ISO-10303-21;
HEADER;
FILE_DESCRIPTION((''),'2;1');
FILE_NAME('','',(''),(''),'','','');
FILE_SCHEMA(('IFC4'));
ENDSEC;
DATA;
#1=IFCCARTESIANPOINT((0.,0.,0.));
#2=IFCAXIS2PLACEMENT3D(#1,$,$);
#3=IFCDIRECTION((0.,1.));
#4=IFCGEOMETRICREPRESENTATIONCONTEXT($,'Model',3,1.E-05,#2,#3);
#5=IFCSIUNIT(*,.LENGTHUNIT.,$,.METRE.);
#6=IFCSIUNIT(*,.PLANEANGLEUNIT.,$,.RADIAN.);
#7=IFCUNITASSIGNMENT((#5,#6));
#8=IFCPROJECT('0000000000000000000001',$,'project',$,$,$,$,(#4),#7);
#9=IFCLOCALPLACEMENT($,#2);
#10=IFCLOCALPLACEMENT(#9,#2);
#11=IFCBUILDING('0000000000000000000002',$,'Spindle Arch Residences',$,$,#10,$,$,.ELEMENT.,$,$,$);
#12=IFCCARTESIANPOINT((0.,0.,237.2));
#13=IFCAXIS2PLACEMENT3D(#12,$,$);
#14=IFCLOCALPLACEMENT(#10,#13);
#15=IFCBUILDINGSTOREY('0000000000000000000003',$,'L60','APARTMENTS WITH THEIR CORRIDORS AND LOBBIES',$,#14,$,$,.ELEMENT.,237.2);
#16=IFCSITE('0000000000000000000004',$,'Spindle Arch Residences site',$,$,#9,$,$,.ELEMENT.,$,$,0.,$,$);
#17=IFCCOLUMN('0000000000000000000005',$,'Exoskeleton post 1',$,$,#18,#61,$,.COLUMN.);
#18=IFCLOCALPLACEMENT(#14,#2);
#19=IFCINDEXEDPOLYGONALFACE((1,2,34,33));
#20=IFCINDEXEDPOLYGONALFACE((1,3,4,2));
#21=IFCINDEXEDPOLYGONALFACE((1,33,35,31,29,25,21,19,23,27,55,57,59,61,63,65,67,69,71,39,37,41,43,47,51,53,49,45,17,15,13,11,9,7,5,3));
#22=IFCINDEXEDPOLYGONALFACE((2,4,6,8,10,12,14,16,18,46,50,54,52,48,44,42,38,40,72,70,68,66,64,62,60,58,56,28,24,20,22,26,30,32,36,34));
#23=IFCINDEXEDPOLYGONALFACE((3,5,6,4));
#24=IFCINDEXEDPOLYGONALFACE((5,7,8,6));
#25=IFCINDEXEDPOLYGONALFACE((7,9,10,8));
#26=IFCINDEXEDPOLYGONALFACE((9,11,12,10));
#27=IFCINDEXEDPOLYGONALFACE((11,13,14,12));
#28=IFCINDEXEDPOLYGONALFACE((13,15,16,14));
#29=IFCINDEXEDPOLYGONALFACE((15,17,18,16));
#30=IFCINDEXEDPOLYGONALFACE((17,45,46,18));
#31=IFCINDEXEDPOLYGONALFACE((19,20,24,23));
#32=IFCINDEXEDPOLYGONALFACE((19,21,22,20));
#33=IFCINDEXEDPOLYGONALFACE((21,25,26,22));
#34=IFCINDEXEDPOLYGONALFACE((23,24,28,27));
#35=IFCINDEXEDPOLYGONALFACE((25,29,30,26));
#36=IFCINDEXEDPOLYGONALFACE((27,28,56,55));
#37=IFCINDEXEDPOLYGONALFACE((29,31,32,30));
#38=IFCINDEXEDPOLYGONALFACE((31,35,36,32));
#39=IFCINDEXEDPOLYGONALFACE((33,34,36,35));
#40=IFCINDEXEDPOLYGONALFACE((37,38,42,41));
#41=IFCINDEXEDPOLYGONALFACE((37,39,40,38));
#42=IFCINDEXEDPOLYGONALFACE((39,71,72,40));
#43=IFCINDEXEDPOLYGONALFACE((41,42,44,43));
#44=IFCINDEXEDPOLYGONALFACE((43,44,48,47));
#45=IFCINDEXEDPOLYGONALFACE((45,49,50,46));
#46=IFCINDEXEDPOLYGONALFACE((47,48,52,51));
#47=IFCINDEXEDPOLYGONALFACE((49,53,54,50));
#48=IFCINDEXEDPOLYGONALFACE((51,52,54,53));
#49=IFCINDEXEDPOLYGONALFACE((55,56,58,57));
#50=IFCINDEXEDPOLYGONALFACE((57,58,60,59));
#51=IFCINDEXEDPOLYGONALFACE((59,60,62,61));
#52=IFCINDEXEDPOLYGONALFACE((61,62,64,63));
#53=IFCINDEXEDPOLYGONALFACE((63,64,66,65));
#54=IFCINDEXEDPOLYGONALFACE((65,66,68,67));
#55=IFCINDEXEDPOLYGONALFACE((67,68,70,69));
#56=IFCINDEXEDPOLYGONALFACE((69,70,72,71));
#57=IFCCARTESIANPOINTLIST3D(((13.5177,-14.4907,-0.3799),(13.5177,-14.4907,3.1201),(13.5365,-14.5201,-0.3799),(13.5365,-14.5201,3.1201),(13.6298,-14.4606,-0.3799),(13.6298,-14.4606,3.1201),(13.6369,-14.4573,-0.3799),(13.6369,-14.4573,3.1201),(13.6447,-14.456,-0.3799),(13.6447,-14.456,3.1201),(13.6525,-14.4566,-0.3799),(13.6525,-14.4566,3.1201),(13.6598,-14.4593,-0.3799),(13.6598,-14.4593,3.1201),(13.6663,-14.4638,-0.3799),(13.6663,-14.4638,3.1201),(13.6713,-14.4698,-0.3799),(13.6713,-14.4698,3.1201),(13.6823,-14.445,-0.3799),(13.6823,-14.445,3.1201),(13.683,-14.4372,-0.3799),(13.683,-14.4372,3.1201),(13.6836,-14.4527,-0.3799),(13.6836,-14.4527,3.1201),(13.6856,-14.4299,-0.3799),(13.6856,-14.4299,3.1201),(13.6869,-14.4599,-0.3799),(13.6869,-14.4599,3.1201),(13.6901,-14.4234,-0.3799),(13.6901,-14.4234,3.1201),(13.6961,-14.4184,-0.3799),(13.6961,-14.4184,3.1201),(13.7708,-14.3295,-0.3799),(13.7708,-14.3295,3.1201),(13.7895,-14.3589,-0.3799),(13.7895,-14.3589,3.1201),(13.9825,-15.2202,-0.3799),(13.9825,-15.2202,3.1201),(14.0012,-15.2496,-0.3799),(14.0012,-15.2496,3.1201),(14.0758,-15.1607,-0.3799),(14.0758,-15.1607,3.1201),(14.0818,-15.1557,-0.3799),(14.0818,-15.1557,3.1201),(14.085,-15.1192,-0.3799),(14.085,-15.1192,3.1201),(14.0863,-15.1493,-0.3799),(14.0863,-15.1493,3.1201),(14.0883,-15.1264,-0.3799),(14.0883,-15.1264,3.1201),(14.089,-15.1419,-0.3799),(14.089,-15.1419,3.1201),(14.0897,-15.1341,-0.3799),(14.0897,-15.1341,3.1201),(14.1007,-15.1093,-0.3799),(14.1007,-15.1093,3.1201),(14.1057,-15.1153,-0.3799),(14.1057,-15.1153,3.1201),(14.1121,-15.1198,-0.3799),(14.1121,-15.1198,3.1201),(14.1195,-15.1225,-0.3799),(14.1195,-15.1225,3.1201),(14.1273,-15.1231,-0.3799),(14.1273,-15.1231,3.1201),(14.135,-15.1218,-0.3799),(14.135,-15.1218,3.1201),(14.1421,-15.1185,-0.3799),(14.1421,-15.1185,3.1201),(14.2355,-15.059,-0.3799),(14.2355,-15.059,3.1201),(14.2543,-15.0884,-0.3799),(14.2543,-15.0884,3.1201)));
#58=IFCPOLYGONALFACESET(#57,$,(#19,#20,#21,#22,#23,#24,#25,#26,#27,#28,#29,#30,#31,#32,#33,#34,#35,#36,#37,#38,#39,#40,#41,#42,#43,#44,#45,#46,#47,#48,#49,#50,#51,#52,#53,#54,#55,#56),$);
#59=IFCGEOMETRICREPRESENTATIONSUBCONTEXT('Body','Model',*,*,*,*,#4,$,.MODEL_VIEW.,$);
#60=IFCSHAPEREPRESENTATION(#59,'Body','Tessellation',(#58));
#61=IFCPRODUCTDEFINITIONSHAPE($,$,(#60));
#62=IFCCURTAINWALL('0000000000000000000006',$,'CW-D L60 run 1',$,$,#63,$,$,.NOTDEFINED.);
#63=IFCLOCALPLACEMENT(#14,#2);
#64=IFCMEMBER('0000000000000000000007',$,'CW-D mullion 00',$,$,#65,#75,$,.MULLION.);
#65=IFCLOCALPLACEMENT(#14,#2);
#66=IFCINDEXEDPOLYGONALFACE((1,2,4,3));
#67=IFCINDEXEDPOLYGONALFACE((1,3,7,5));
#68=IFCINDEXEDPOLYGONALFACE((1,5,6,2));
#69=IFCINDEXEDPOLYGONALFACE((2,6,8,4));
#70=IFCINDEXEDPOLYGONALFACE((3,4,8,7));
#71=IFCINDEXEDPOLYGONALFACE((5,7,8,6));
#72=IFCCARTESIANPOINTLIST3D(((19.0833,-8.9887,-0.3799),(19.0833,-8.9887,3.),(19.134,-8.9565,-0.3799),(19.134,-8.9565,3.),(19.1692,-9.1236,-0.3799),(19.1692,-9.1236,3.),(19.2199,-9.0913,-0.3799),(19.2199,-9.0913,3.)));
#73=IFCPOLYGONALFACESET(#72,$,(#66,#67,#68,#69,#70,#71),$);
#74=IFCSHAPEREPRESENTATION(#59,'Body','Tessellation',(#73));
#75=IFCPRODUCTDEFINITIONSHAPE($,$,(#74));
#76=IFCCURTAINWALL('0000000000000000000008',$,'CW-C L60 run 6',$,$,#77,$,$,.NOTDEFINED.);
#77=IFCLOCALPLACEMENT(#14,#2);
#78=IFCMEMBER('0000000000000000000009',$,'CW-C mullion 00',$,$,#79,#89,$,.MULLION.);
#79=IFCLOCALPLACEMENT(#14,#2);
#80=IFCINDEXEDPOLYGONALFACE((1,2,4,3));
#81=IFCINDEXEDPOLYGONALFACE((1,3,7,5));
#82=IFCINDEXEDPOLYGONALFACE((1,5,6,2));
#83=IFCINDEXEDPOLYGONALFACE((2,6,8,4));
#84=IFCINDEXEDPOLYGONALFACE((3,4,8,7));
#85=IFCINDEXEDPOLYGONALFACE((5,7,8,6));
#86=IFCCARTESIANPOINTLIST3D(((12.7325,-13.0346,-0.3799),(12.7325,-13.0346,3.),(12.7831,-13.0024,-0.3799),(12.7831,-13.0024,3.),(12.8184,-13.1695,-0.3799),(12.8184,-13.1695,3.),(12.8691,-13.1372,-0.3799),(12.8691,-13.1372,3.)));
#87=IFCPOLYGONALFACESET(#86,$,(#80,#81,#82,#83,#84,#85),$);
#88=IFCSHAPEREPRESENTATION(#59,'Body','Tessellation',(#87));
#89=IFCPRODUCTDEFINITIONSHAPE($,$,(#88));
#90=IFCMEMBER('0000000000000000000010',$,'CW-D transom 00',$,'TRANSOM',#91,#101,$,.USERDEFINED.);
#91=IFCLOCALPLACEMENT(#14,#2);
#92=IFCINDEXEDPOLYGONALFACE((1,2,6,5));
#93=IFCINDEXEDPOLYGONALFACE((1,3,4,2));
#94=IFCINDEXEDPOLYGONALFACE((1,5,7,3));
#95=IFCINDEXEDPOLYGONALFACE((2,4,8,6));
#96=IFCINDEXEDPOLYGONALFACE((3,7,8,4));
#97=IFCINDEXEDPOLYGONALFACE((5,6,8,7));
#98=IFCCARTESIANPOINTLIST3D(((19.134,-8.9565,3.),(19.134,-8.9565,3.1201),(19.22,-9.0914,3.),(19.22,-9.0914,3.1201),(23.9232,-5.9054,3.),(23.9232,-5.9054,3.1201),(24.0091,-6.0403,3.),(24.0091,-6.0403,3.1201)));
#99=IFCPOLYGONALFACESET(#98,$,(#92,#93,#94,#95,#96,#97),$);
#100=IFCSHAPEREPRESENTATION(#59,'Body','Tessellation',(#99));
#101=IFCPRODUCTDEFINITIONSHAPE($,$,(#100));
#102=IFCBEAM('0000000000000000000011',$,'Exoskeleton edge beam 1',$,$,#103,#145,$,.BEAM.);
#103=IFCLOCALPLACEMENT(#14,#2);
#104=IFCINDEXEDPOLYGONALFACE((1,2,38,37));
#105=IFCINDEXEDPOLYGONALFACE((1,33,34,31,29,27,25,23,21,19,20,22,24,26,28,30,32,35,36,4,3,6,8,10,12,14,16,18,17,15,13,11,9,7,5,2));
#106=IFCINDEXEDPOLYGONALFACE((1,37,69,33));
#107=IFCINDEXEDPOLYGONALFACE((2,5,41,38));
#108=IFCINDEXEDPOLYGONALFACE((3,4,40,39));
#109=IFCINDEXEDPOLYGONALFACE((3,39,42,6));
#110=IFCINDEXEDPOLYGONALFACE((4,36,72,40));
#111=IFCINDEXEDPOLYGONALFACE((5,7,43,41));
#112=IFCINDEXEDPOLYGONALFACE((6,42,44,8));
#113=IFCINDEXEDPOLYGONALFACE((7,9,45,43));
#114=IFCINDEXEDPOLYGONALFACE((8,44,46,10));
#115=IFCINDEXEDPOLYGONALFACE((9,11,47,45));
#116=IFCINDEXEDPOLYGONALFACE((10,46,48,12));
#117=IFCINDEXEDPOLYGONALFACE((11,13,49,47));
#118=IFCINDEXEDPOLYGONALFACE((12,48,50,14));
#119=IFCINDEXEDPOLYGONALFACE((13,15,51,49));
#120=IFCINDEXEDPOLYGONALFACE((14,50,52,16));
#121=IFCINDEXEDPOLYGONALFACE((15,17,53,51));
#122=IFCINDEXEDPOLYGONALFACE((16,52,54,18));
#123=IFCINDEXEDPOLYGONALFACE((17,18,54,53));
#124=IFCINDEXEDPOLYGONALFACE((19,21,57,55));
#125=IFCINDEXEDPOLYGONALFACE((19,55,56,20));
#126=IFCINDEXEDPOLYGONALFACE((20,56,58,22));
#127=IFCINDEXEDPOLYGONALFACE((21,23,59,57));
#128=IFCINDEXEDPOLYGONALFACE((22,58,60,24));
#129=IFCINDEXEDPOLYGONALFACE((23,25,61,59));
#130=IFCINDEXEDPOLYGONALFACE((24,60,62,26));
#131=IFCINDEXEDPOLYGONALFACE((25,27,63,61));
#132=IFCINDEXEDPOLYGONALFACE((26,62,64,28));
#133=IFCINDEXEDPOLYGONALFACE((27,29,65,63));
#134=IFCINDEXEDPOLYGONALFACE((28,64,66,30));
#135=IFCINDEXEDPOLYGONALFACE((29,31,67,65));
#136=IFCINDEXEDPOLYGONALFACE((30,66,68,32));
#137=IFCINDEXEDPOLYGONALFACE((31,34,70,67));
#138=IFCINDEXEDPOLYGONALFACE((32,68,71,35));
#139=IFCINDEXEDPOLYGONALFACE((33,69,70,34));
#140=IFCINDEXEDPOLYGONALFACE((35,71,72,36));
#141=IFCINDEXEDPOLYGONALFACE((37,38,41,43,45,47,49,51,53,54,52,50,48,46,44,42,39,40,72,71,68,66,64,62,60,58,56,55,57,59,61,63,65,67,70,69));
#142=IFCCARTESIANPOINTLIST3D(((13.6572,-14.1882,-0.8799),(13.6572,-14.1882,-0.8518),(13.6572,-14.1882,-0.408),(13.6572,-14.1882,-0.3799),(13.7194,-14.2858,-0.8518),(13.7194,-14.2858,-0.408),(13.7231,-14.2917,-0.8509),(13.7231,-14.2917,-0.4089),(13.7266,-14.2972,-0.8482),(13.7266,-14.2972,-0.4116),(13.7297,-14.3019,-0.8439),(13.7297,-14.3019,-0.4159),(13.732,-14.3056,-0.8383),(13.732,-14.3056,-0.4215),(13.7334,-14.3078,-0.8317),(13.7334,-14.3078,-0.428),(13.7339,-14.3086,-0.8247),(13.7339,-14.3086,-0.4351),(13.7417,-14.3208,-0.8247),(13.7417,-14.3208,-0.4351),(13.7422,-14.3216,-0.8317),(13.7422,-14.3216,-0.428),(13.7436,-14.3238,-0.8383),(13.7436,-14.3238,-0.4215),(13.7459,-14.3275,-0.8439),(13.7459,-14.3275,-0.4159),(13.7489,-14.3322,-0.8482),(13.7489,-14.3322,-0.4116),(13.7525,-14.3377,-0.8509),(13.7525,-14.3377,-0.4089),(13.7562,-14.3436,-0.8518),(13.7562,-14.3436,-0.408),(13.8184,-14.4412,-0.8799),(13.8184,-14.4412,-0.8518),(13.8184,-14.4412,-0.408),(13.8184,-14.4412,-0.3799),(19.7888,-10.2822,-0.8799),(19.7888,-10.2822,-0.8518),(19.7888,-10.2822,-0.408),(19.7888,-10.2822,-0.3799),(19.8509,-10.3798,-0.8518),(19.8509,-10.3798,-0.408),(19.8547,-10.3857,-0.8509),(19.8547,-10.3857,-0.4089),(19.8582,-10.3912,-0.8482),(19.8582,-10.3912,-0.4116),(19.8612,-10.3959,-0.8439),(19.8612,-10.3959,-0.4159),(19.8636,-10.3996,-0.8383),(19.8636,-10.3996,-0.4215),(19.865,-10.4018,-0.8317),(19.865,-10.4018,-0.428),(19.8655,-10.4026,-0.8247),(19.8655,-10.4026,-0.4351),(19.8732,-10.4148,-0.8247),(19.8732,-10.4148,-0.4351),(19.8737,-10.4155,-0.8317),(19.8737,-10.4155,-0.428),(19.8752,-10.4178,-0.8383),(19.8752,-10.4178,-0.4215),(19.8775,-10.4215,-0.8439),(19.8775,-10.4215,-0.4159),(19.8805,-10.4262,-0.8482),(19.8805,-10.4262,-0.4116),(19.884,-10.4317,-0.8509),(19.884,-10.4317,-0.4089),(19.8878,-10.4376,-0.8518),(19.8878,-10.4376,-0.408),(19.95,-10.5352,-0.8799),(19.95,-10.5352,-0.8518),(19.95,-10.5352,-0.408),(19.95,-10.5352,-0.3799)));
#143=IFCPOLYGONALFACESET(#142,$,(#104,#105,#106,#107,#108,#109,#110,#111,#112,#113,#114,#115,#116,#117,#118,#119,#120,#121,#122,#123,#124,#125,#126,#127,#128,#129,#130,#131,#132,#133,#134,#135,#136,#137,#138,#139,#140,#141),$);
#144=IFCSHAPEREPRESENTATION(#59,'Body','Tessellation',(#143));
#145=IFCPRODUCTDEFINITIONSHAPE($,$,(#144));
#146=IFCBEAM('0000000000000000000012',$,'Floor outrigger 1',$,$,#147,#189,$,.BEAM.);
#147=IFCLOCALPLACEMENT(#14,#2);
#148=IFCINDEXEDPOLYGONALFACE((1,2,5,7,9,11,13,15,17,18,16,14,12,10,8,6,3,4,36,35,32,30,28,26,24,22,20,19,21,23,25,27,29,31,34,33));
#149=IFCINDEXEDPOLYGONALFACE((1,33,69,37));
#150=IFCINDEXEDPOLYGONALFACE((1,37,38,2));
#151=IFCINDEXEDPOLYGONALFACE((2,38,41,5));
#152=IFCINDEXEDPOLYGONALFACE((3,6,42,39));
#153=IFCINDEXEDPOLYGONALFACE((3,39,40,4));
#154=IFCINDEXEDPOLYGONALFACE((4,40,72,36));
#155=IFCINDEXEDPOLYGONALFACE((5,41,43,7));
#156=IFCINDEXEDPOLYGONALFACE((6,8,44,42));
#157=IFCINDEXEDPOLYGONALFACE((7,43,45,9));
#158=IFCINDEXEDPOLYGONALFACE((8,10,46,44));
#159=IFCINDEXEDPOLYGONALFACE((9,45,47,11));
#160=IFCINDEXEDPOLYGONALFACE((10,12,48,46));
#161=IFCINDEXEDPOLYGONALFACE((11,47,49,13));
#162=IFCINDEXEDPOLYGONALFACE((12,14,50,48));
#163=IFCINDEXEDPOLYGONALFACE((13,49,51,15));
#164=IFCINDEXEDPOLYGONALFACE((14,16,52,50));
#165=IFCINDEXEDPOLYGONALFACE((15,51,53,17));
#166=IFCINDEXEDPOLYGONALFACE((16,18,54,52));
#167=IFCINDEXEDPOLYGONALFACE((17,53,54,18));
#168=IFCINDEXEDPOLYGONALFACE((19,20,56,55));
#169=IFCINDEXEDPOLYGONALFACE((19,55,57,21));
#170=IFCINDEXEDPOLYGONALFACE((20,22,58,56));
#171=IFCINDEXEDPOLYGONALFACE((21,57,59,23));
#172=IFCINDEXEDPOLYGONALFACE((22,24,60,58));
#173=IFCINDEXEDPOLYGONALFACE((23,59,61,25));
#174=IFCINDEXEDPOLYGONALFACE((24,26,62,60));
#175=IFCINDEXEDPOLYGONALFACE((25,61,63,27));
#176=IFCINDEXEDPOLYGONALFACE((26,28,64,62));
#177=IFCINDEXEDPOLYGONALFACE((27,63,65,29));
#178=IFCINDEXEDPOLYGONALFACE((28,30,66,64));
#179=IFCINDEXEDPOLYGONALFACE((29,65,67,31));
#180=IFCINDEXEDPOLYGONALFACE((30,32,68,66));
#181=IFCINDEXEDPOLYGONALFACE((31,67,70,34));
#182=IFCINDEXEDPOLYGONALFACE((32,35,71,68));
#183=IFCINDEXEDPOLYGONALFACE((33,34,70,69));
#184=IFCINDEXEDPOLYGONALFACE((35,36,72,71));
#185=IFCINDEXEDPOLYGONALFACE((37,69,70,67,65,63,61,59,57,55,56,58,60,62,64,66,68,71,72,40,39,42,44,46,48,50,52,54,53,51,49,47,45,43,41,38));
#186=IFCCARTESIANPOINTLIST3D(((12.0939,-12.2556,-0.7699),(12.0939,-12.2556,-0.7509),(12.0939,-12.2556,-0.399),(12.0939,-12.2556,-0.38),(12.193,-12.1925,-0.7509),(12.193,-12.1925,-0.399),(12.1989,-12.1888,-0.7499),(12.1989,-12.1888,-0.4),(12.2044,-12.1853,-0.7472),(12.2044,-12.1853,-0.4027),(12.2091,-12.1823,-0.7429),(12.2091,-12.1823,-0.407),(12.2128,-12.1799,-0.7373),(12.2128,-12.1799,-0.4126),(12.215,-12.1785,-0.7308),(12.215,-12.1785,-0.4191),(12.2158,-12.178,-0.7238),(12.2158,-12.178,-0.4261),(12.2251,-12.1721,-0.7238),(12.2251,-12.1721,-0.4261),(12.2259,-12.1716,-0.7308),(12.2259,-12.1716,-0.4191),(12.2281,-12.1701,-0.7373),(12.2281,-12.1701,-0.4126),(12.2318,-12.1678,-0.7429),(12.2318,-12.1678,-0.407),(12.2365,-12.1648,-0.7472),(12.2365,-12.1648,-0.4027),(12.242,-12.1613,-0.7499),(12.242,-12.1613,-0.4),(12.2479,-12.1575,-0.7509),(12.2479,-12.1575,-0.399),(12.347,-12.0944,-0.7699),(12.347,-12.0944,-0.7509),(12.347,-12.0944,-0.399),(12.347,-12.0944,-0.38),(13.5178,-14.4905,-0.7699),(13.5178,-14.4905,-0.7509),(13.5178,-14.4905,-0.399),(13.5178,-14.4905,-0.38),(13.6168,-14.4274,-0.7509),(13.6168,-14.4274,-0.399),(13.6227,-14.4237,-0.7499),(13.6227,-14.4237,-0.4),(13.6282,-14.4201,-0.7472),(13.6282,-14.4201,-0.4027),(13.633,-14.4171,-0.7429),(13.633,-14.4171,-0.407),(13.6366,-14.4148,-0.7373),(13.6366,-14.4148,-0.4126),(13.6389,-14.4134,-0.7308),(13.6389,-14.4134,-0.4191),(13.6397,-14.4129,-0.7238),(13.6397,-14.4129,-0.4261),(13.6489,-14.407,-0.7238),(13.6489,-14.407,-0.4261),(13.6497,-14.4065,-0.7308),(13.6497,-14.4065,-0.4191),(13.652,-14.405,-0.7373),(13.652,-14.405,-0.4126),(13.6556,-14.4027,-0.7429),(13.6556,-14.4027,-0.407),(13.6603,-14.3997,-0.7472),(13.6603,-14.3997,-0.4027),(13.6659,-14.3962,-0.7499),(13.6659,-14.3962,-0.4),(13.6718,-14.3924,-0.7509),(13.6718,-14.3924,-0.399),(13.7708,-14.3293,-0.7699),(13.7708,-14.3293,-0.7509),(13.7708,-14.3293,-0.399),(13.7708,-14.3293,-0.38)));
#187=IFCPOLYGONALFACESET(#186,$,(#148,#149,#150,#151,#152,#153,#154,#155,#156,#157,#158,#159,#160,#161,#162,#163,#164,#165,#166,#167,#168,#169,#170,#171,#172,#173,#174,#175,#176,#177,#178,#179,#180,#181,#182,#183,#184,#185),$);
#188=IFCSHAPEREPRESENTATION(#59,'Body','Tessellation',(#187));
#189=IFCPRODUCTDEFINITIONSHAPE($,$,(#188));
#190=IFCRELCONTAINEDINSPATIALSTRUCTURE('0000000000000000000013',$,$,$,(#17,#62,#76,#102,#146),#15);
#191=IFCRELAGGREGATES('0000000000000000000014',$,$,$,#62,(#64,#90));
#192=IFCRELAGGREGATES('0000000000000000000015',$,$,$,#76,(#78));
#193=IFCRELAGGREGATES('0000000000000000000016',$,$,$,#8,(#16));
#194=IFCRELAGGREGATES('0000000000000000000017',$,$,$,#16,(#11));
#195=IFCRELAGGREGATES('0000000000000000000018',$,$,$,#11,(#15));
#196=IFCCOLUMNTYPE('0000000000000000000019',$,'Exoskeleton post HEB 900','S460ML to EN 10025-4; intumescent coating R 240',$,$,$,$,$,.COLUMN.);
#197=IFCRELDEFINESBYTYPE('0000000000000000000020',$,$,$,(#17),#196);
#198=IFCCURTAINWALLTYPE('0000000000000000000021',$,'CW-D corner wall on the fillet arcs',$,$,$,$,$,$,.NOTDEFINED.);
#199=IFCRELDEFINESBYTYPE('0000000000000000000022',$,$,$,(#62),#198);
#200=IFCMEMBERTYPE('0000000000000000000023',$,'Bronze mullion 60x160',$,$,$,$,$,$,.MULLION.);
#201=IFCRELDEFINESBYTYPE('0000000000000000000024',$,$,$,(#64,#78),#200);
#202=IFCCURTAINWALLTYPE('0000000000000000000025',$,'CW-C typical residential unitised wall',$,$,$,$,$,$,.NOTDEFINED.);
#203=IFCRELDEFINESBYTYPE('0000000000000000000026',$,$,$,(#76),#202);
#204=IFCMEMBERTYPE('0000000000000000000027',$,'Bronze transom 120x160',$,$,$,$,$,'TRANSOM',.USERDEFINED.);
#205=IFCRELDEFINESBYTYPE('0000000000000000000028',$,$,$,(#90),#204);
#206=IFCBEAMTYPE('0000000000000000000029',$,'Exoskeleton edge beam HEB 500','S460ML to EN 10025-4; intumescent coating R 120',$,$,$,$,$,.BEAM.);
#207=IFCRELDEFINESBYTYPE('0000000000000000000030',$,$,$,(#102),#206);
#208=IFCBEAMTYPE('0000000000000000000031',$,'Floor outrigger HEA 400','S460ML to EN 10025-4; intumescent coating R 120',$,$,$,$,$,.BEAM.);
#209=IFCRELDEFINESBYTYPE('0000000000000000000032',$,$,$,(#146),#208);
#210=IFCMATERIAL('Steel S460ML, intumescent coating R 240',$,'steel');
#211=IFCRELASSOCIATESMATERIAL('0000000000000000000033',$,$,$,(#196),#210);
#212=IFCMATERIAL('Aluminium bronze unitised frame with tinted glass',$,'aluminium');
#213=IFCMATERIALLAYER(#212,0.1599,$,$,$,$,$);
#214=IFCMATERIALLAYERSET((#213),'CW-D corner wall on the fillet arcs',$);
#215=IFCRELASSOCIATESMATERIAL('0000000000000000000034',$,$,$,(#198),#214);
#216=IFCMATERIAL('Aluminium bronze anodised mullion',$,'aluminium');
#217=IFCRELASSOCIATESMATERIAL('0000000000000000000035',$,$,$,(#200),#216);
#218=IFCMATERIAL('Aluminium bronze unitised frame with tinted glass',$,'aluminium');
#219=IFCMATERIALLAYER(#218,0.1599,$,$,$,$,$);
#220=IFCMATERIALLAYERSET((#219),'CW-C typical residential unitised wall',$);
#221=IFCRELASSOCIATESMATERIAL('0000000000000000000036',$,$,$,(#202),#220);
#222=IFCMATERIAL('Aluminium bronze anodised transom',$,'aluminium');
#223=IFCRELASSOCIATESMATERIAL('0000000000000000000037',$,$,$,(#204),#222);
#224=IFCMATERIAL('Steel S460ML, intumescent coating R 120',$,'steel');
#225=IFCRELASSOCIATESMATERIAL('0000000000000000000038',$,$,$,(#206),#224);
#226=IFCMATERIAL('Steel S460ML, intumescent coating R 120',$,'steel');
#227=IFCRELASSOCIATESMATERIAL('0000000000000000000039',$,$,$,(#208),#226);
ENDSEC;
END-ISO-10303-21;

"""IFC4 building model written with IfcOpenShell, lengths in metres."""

from ifc_helpers import new_model, si_unit, direction, frame, origin, origin_2d, place, context, subcontext, project, spatial, rectangle, i_section, extrude, material, layer, layer_set, material_profile, profile_set, type_object, element, aggregate, save


model = new_model("IFC4")

# Units and contexts
model_context = context("Model", 3, precision=1e-05, world=origin(), true_north=direction((0.0, 1.0)))
body_context = subcontext(model_context, "Body", "Model", "MODEL_VIEW")
ifc_project = project(units=[si_unit("LENGTHUNIT", "METRE"), si_unit("PLANEANGLEUNIT", "RADIAN")], contexts=[model_context])

# Site, building, storey
site_placement = place(None, origin())
site = spatial("IfcSite", under=ifc_project, at=site_placement, Name="Spindle Arch Residences site", CompositionType="ELEMENT", RefElevation=0.0)
building_placement = place(site_placement, origin())
building = spatial("IfcBuilding", under=site, at=building_placement, Name="Spindle Arch Residences", CompositionType="ELEMENT")
storey_placement = place(building_placement, frame((0.0, 0.0, 237.2)))
storey = spatial("IfcBuildingStorey", under=building, at=storey_placement, Name="L60", Description="APARTMENTS WITH THEIR CORRIDORS AND LOBBIES", CompositionType="ELEMENT", Elevation=237.2)

# Column
ifc_material_1 = material(Name="Steel S460ML, intumescent coating R 240", Category="steel")
ifc_material_profile_1 = material_profile(ifc_material_1, i_section(OverallWidth=0.3, OverallDepth=0.8999, WebThickness=0.0186, FlangeThickness=0.0349, FilletRadius=0.03, at=origin_2d()), Name="HEB 900")
ifc_profile_set_1 = profile_set([ifc_material_profile_1], Name="Steel S460ML, intumescent coating R 240")
column_type = type_object("IfcColumnType", Name="Exoskeleton post HEB 900", Description="S460ML to EN 10025-4; intumescent coating R 240", PredefinedType="COLUMN", material=ifc_profile_set_1)
column_placement = place(storey_placement, frame((13.886, -14.7896, -0.3799), z_axis=(0.0, 0.0, 1.0), x_axis=(-0.843391, -0.5373, 0.0)))
element("IfcColumn", 1, at=column_placement, inside=storey, type_object=column_type, Name="Exoskeleton post 1", PredefinedType="COLUMN", context=body_context, shape_type="SweptSolid", body=[
    extrude(i_section(OverallWidth=0.3, OverallDepth=0.8999, WebThickness=0.0186, FlangeThickness=0.0349, FilletRadius=0.03, at=origin_2d()), origin(), (0.0, 0.0, 1.0), 3.5),
])

# Curtain walls, members
ifc_material_2 = material(Name="Aluminium bronze unitised frame with tinted glass", Category="aluminium")
ifc_layer_1 = layer(ifc_material_2, 0.1599)
ifc_layer_set_1 = layer_set([ifc_layer_1], Name="CW-D corner wall on the fillet arcs")
curtain_wall_type_1 = type_object("IfcCurtainWallType", Name="CW-D corner wall on the fillet arcs", PredefinedType="NOTDEFINED", material=ifc_layer_set_1)
curtain_wall_1_placement = place(storey_placement, origin())
curtain_wall_1 = element("IfcCurtainWall", 2, at=curtain_wall_1_placement, inside=storey, type_object=curtain_wall_type_1, Name="CW-D L60 run 1", PredefinedType="NOTDEFINED")
ifc_material_3 = material(Name="Aluminium bronze anodised mullion", Category="aluminium")
ifc_material_profile_2 = material_profile(ifc_material_3, rectangle(XDim=0.1599, YDim=0.0601, at=origin_2d()), Name="MU 60x160")
ifc_profile_set_2 = profile_set([ifc_material_profile_2], Name="Aluminium bronze anodised mullion")
member_type_1 = type_object("IfcMemberType", Name="Bronze mullion 60x160", PredefinedType="MULLION", material=ifc_profile_set_2)
member_1_placement = place(storey_placement, frame((19.1516, -9.04, -0.3799), z_axis=(0.0, 0.0, 1.0), x_axis=(-0.5373, 0.843391, 0.0)))
member_1 = element("IfcMember", 3, at=member_1_placement, type_object=member_type_1, Name="CW-D mullion 00", PredefinedType="MULLION", context=body_context, shape_type="SweptSolid", body=[
    extrude(rectangle(XDim=0.1599, YDim=0.0601, at=origin_2d()), origin(), (0.0, 0.0, 1.0), 3.3799),
])
ifc_material_4 = material(Name="Aluminium bronze unitised frame with tinted glass", Category="aluminium")
ifc_layer_2 = layer(ifc_material_4, 0.1599)
ifc_layer_set_2 = layer_set([ifc_layer_2], Name="CW-C typical residential unitised wall")
curtain_wall_type_2 = type_object("IfcCurtainWallType", Name="CW-C typical residential unitised wall", PredefinedType="NOTDEFINED", material=ifc_layer_set_2)
curtain_wall_2_placement = place(storey_placement, origin())
curtain_wall_2 = element("IfcCurtainWall", 4, at=curtain_wall_2_placement, inside=storey, type_object=curtain_wall_type_2, Name="CW-C L60 run 6", PredefinedType="NOTDEFINED")
member_2_placement = place(storey_placement, frame((12.8008, -13.0859, -0.3799), z_axis=(0.0, 0.0, 1.0), x_axis=(-0.5373, 0.843391, 0.0)))
member_2 = element("IfcMember", 5, at=member_2_placement, type_object=member_type_1, Name="CW-C mullion 00", PredefinedType="MULLION", context=body_context, shape_type="SweptSolid", body=[
    extrude(rectangle(XDim=0.1599, YDim=0.0601, at=origin_2d()), origin(), (0.0, 0.0, 1.0), 3.3799),
])

# Member
ifc_material_5 = material(Name="Aluminium bronze anodised transom", Category="aluminium")
ifc_material_profile_3 = material_profile(ifc_material_5, rectangle(XDim=0.1599, YDim=0.1201, at=origin_2d()), Name="TR 120x160")
ifc_profile_set_3 = profile_set([ifc_material_profile_3], Name="Aluminium bronze anodised transom")
member_type_2 = type_object("IfcMemberType", Name="Bronze transom 120x160", ElementType="TRANSOM", PredefinedType="USERDEFINED", material=ifc_profile_set_3)
member_3_placement = place(storey_placement, frame((19.177, -9.0239, 3.0601), z_axis=(0.843387, 0.537307, 0.0), x_axis=(-0.537307, 0.843387, 0.0)))
member_3 = element("IfcMember", 6, at=member_3_placement, type_object=member_type_2, Name="CW-D transom 00", ObjectType="TRANSOM", PredefinedType="USERDEFINED", context=body_context, shape_type="SweptSolid", body=[
    extrude(rectangle(XDim=0.1599, YDim=0.1201, at=origin_2d()), origin(), (0.0, 0.0, 1.0), 5.6785),
])
aggregate(curtain_wall_1, [member_1, member_3])

# Beams
ifc_material_6 = material(Name="Steel S460ML, intumescent coating R 120", Category="steel")
ifc_material_profile_4 = material_profile(ifc_material_6, i_section(OverallWidth=0.3, OverallDepth=0.5, WebThickness=0.0144, FlangeThickness=0.0281, FilletRadius=0.0271, at=origin_2d()), Name="HEB 500")
ifc_profile_set_4 = profile_set([ifc_material_profile_4], Name="Steel S460ML, intumescent coating R 120")
beam_type_1 = type_object("IfcBeamType", Name="Exoskeleton edge beam HEB 500", Description="S460ML to EN 10025-4; intumescent coating R 120", PredefinedType="BEAM", material=ifc_profile_set_4)
beam_1_placement = place(storey_placement, frame((13.7378, -14.3147, -0.6299), z_axis=(0.843407, 0.537275, 0.0), x_axis=(-0.537275, 0.843407, 0.0)))
element("IfcBeam", 7, at=beam_1_placement, inside=storey, type_object=beam_type_1, Name="Exoskeleton edge beam 1", PredefinedType="BEAM", context=body_context, shape_type="SweptSolid", body=[
    extrude(i_section(OverallWidth=0.3, OverallDepth=0.5, WebThickness=0.0144, FlangeThickness=0.0281, FilletRadius=0.0271, at=origin_2d()), origin(), (0.0, 0.0, 1.0), 7.27),
])
ifc_material_7 = material(Name="Steel S460ML, intumescent coating R 120", Category="steel")
ifc_material_profile_5 = material_profile(ifc_material_7, i_section(OverallWidth=0.3, OverallDepth=0.3899, WebThickness=0.011, FlangeThickness=0.019, FilletRadius=0.0271, at=origin_2d()), Name="HEA 400")
ifc_profile_set_5 = profile_set([ifc_material_profile_5], Name="Steel S460ML, intumescent coating R 120")
beam_type_2 = type_object("IfcBeamType", Name="Floor outrigger HEA 400", Description="S460ML to EN 10025-4; intumescent coating R 120", PredefinedType="BEAM", material=ifc_profile_set_5)
beam_2_placement = place(storey_placement, frame((13.6443, -14.4099, -0.575), z_axis=(-0.537317, 0.843381, 0.0), x_axis=(-0.843381, -0.537317, 0.0)))
element("IfcBeam", 8, at=beam_2_placement, inside=storey, type_object=beam_type_2, Name="Floor outrigger 1", PredefinedType="BEAM", context=body_context, shape_type="SweptSolid", body=[
    extrude(i_section(OverallWidth=0.3, OverallDepth=0.3899, WebThickness=0.011, FlangeThickness=0.019, FilletRadius=0.0271, at=origin_2d()), origin(), (0.0, 0.0, 1.0), 2.6499),
])

aggregate(curtain_wall_2, [member_2])

save(model, "model.ifc")
